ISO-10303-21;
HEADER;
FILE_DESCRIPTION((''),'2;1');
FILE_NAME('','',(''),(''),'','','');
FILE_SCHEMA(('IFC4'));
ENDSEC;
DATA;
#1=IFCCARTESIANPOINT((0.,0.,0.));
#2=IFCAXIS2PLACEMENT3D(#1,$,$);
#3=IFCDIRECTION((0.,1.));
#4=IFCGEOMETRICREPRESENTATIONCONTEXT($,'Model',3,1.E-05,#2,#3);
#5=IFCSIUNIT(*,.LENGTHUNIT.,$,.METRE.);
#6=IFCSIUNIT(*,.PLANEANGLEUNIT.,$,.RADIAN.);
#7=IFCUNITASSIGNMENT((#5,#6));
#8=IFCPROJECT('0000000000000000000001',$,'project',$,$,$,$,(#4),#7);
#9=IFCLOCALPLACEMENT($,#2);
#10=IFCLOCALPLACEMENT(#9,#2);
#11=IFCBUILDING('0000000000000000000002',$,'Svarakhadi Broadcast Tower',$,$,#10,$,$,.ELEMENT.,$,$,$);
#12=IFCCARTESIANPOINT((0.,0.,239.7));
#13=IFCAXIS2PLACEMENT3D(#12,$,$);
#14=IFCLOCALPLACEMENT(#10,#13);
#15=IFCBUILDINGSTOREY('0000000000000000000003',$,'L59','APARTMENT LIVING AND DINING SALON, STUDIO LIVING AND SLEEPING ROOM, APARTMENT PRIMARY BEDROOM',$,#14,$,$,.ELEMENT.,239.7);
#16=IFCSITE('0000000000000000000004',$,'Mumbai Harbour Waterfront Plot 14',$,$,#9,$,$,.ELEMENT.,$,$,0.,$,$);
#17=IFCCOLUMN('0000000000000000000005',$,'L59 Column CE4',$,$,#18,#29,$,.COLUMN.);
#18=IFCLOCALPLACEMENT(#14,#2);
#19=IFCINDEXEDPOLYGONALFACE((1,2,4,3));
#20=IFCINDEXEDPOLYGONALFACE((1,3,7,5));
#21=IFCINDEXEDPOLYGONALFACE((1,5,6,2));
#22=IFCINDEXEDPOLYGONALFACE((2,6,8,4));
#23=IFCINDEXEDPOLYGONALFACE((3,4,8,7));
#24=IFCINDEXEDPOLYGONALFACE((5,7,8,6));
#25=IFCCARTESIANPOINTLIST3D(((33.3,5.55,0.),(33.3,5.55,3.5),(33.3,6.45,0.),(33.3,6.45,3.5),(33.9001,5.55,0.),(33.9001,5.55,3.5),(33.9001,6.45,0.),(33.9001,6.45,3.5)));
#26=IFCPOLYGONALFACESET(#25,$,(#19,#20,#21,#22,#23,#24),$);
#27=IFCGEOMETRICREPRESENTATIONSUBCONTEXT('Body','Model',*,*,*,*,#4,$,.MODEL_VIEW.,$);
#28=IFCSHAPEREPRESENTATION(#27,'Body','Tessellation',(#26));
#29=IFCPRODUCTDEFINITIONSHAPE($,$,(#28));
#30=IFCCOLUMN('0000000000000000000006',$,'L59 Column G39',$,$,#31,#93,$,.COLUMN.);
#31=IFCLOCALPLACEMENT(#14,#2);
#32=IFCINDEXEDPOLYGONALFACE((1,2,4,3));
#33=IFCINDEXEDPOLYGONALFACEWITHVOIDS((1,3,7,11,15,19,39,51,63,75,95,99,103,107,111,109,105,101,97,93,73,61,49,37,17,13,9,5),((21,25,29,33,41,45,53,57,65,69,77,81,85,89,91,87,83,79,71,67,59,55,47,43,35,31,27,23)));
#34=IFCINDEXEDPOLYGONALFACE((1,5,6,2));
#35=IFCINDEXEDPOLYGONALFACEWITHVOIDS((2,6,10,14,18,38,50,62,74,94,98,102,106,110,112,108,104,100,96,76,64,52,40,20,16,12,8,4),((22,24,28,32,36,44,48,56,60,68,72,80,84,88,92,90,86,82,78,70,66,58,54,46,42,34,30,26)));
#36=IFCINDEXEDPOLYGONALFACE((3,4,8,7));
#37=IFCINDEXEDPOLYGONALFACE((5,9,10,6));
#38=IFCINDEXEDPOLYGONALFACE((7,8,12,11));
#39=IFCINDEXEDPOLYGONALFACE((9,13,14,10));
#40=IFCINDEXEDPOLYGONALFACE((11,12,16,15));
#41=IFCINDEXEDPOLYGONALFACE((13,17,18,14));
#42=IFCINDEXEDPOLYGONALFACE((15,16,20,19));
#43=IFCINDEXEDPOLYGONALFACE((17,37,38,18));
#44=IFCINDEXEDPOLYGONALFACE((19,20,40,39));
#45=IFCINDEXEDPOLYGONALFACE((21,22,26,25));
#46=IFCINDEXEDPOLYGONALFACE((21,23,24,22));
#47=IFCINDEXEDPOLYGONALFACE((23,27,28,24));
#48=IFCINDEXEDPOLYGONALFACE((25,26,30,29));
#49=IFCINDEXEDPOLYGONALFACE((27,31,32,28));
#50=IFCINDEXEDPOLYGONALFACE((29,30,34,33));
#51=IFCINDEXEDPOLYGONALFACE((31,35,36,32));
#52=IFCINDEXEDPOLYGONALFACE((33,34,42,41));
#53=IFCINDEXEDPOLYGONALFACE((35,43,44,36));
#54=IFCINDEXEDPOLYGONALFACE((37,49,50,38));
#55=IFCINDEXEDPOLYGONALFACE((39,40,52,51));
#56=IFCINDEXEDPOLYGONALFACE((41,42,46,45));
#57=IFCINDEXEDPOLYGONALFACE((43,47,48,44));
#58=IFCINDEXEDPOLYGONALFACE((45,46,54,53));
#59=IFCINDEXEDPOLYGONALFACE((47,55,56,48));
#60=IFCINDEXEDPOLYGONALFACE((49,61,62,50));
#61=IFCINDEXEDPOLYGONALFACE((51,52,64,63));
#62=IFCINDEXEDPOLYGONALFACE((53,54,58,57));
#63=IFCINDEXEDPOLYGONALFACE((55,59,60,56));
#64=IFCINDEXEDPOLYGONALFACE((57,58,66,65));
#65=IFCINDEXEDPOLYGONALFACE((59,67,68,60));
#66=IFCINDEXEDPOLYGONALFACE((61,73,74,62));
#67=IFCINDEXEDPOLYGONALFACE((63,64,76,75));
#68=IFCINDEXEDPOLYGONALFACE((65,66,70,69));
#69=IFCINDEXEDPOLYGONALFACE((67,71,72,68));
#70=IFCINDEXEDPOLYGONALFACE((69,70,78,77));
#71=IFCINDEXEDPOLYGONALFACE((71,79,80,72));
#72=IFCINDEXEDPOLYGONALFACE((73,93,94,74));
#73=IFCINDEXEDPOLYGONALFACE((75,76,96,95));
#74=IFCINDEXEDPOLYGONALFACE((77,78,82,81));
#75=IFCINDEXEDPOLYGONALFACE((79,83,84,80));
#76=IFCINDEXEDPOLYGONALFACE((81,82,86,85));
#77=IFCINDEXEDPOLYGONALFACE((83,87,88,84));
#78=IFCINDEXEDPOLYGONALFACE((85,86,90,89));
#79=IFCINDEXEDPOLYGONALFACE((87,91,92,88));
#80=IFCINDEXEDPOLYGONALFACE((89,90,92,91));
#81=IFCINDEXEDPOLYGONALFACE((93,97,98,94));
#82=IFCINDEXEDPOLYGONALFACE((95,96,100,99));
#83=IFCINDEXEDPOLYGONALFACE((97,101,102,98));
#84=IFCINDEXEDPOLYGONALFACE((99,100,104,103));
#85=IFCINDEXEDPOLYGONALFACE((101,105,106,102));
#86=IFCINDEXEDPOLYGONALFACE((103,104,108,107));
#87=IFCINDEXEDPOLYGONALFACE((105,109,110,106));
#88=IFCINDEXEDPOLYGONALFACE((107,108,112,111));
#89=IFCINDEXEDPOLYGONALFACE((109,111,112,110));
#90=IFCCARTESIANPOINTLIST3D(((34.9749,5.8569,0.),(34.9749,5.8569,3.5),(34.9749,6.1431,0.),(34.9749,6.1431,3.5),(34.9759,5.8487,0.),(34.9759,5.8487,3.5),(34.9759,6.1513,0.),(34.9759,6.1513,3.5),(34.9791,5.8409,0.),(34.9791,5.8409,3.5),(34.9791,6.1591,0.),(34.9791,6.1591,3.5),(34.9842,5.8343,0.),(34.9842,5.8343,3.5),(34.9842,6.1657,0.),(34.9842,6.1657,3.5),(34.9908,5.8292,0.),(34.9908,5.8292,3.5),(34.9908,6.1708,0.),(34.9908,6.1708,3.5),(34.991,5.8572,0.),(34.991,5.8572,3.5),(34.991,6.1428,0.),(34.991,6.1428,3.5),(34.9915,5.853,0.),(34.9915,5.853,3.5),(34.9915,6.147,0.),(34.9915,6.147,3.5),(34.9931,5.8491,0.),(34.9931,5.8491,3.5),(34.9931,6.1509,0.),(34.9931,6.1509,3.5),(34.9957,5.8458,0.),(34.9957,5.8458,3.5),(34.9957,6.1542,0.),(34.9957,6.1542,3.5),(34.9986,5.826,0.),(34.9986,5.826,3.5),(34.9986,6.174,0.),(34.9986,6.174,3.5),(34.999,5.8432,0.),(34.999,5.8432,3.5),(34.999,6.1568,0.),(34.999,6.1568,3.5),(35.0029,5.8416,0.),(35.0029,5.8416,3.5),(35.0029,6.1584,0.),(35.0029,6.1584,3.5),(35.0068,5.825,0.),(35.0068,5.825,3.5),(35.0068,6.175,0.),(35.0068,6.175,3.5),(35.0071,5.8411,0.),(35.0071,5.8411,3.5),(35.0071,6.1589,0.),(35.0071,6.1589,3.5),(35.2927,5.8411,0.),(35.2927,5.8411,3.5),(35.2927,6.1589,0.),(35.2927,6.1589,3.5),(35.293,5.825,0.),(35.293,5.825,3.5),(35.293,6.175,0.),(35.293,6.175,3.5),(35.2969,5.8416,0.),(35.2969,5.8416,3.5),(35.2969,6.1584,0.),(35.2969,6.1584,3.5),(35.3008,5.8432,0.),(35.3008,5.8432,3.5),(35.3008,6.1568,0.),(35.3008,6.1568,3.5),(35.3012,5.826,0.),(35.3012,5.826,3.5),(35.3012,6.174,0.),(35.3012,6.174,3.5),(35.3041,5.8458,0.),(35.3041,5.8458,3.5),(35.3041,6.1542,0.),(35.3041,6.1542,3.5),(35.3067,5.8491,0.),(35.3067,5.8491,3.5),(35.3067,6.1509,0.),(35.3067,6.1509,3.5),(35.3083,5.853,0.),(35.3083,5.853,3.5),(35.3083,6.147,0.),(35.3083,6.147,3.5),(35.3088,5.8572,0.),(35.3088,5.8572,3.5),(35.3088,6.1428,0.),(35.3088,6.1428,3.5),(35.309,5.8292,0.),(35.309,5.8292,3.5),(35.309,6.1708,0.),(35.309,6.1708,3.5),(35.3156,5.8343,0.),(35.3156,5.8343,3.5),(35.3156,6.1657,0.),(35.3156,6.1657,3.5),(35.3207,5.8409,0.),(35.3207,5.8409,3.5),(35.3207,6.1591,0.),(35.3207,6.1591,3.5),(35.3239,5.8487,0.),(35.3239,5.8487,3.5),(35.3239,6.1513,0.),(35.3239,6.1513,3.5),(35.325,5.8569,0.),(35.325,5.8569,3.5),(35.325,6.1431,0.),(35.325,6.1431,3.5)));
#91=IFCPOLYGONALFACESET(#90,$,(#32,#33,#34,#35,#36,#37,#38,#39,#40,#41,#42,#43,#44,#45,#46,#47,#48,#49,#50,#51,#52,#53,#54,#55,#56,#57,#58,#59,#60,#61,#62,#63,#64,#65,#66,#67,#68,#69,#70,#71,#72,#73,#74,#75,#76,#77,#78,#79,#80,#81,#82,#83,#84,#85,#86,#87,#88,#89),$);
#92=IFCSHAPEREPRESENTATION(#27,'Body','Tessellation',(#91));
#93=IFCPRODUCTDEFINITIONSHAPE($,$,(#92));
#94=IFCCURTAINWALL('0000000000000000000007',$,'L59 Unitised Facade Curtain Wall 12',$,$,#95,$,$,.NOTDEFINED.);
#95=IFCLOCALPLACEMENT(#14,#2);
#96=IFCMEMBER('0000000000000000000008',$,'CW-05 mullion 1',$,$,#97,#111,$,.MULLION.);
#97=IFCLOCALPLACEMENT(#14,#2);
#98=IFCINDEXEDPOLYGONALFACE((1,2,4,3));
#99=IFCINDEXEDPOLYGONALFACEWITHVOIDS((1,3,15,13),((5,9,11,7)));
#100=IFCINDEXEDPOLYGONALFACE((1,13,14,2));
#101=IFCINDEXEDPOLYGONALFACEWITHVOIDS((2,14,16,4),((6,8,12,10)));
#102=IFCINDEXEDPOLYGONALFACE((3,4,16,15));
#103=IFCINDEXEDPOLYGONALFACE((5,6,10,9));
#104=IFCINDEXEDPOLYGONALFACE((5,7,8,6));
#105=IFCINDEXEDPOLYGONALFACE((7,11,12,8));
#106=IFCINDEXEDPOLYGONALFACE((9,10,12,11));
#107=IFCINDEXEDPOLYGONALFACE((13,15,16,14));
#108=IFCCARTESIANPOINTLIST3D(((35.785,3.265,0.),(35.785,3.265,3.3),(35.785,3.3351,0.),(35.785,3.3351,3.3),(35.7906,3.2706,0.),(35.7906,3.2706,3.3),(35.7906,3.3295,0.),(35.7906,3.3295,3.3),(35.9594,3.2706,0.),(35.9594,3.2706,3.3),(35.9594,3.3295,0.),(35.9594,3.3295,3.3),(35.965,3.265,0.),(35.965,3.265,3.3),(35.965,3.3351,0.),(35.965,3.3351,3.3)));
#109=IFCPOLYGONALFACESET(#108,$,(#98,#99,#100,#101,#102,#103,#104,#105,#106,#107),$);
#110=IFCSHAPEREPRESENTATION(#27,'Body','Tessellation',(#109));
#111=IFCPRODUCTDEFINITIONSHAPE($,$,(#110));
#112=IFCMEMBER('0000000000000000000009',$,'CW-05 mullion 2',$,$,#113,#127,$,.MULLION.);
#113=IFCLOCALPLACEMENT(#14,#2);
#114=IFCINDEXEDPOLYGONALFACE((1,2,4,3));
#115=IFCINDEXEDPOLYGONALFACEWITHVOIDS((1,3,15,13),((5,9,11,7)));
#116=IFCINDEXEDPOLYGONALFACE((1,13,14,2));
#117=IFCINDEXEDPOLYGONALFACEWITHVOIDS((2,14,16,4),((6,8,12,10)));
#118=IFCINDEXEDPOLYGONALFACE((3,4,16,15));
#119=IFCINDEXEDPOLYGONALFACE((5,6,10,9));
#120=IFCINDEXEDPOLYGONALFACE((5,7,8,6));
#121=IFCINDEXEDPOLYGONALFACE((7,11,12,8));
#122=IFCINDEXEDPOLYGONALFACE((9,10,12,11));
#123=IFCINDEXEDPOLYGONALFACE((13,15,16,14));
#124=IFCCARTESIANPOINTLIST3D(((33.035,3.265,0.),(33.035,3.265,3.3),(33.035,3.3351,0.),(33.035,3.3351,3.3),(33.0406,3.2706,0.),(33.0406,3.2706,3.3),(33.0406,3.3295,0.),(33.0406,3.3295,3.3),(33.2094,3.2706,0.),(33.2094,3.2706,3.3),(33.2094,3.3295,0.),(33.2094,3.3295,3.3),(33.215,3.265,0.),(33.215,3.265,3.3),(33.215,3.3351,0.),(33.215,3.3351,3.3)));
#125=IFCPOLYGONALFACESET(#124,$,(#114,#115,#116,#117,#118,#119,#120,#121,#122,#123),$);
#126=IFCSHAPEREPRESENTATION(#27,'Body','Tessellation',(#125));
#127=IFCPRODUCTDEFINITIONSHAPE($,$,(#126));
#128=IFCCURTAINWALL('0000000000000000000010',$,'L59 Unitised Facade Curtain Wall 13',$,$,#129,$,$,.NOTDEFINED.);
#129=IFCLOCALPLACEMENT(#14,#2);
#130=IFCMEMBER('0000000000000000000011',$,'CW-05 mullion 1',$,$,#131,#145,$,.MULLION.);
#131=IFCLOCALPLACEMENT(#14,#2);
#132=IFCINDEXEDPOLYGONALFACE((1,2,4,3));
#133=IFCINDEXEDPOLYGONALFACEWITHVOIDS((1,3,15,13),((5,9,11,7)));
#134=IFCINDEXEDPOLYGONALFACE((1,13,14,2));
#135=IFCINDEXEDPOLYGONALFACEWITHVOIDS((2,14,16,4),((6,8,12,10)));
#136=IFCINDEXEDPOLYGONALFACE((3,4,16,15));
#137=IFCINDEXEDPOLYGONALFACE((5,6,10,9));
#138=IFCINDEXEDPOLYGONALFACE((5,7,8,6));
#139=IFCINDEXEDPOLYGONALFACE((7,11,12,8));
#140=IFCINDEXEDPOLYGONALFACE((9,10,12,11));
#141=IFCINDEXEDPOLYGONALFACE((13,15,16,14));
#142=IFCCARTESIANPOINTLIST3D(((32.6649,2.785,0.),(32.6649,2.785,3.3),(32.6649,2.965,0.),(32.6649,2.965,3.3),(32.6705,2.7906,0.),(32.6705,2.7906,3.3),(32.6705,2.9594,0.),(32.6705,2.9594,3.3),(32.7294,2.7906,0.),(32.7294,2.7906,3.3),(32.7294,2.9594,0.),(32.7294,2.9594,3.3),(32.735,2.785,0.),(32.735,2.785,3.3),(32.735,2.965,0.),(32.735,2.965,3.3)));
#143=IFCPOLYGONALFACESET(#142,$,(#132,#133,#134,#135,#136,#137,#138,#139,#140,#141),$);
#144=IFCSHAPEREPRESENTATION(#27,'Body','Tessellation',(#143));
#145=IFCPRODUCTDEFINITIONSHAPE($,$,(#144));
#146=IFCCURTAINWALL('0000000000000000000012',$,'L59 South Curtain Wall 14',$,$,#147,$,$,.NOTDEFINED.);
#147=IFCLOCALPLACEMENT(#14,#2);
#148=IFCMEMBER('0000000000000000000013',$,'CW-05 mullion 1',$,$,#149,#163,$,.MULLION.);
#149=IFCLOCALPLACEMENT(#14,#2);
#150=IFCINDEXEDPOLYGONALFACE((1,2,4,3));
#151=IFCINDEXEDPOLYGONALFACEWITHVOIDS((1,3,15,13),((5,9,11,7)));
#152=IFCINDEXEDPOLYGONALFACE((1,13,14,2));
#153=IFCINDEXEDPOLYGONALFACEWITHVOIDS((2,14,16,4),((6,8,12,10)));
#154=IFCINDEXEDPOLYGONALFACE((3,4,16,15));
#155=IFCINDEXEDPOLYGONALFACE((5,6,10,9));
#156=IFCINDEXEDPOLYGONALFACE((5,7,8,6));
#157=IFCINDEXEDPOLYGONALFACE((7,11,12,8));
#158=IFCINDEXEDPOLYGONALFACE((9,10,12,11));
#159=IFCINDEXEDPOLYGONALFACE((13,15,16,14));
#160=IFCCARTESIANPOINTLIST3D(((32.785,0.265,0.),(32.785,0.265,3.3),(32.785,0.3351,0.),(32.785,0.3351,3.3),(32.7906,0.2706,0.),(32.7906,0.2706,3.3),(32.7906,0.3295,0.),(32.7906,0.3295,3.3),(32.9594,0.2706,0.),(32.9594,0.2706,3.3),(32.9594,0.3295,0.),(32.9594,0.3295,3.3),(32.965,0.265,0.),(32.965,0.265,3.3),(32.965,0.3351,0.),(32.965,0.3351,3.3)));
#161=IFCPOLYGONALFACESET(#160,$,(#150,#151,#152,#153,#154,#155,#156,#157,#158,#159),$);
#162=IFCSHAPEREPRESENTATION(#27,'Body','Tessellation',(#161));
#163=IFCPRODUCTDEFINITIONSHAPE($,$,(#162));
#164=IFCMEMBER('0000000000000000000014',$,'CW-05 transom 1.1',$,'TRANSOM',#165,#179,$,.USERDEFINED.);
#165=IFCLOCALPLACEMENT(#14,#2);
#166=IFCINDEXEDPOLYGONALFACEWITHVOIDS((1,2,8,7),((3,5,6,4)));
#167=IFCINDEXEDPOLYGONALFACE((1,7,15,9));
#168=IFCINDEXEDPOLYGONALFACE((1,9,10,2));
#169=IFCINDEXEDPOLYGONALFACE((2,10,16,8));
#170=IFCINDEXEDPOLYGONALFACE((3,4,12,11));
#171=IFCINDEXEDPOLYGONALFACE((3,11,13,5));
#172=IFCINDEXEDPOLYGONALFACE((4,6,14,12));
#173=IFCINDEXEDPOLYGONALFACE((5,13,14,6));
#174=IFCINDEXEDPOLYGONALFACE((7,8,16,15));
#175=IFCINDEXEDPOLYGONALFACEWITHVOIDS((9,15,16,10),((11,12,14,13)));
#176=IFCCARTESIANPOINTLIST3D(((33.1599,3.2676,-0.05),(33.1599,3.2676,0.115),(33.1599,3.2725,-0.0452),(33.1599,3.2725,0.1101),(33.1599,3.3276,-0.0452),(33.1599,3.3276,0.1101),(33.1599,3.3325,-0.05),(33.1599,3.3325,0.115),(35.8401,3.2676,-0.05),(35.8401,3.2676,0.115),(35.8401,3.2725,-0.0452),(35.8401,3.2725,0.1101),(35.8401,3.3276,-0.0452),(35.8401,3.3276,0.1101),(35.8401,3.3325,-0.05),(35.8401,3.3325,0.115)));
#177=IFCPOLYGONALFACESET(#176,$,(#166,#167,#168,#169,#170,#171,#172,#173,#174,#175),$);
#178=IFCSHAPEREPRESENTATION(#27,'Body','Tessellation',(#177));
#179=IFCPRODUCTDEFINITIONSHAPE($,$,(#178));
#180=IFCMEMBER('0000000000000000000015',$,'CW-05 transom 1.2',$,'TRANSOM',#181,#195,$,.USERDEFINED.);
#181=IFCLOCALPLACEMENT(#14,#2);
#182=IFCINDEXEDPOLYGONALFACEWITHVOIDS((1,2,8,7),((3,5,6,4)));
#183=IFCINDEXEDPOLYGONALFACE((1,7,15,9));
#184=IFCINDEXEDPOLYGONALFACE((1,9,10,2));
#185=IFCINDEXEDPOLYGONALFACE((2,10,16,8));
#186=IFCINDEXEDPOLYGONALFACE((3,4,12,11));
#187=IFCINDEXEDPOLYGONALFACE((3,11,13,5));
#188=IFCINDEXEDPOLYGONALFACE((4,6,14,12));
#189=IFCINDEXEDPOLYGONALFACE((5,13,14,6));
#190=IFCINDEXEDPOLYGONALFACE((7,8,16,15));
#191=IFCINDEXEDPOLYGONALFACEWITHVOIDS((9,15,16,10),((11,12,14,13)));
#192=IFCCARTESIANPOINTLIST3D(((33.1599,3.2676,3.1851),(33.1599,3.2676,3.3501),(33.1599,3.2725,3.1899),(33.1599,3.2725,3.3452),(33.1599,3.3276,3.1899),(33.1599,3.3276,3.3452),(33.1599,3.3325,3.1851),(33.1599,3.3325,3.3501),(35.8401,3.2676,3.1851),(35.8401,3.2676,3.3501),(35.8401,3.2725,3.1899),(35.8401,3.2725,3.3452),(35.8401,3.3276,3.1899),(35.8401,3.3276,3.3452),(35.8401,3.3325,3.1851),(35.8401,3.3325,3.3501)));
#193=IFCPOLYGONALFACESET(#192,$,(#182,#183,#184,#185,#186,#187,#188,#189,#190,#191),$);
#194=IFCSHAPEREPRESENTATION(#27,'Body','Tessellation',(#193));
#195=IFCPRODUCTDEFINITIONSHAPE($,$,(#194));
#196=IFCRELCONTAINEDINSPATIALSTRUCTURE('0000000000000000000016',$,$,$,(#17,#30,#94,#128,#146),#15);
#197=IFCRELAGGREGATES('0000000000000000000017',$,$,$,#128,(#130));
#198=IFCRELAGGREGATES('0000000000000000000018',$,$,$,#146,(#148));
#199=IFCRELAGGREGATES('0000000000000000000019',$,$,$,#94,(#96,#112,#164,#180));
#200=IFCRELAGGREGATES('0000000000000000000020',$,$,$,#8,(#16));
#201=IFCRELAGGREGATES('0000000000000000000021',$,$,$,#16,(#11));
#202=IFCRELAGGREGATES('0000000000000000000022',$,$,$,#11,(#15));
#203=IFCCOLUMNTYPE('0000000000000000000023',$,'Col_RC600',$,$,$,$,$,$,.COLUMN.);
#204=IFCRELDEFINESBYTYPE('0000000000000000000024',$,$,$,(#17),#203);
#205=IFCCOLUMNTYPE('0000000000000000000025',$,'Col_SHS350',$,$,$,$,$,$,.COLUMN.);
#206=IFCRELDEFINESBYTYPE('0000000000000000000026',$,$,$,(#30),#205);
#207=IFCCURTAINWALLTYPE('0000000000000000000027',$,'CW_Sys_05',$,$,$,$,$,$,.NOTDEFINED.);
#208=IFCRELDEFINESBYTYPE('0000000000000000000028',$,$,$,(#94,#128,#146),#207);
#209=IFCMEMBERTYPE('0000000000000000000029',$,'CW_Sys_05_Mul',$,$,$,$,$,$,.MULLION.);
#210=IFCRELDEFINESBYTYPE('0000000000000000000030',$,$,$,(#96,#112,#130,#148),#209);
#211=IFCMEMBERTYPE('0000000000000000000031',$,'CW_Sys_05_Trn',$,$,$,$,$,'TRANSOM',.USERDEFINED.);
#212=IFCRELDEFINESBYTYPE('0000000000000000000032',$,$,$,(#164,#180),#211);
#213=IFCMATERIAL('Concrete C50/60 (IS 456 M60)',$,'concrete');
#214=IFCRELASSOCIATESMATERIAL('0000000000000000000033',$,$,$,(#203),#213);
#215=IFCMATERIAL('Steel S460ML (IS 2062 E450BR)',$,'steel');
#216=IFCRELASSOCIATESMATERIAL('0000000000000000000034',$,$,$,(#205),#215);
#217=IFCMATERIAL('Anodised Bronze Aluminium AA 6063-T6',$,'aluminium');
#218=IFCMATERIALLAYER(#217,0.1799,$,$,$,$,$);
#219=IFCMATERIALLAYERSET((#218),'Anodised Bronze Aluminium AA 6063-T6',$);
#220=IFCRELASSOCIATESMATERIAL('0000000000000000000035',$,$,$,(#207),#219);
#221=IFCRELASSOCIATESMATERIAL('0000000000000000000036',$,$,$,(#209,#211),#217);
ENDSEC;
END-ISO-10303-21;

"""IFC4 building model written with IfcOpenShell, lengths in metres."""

from ifc_helpers import new_model, si_unit, direction, frame, origin, origin_2d, place, context, subcontext, project, spatial, rectangle, hollow_rectangle, extrude, material, layer, layer_set, material_profile, profile_set, type_object, element, aggregate, save


model = new_model("IFC4")

# Units and contexts
model_context = context("Model", 3, precision=1e-05, world=origin(), true_north=direction((0.0, 1.0)))
body_context = subcontext(model_context, "Body", "Model", "MODEL_VIEW")
ifc_project = project(units=[si_unit("LENGTHUNIT", "METRE"), si_unit("PLANEANGLEUNIT", "RADIAN")], contexts=[model_context])

# Site, building, storey
site_placement = place(None, origin())
site = spatial("IfcSite", under=ifc_project, at=site_placement, Name="Mumbai Harbour Waterfront Plot 14", CompositionType="ELEMENT", RefElevation=0.0)
building_placement = place(site_placement, origin())
building = spatial("IfcBuilding", under=site, at=building_placement, Name="Svarakhadi Broadcast Tower", CompositionType="ELEMENT")
storey_placement = place(building_placement, frame((0.0, 0.0, 239.7)))
storey = spatial("IfcBuildingStorey", under=building, at=storey_placement, Name="L59", Description="APARTMENT LIVING AND DINING SALON, STUDIO LIVING AND SLEEPING ROOM, APARTMENT PRIMARY BEDROOM", CompositionType="ELEMENT", Elevation=239.7)

# Columns
ifc_material_1 = material(Name="Concrete C50/60 (IS 456 M60)", Category="concrete")
ifc_material_profile_1 = material_profile(ifc_material_1, rectangle(XDim=0.6001, YDim=0.8999, at=origin_2d()), Name="RC 600x900")
ifc_profile_set_1 = profile_set([ifc_material_profile_1], Name="Concrete C50/60 (IS 456 M60)")
column_type_1 = type_object("IfcColumnType", Name="Col_RC600", PredefinedType="COLUMN", material=ifc_profile_set_1)
column_1_placement = place(storey_placement, frame((33.6001, 6.0, 0.0), z_axis=(0.0, 0.0, 1.0), x_axis=(1.0, 0.0, 0.0)))
element("IfcColumn", 1, at=column_1_placement, inside=storey, type_object=column_type_1, Name="L59 Column CE4", PredefinedType="COLUMN", context=body_context, shape_type="SweptSolid", body=[
    extrude(rectangle(XDim=0.6001, YDim=0.8999, at=origin_2d()), origin(), (0.0, 0.0, 1.0), 3.5),
])
ifc_material_2 = material(Name="Steel S460ML (IS 2062 E450BR)", Category="steel")
ifc_material_profile_2 = material_profile(ifc_material_2, hollow_rectangle(XDim=0.3501, YDim=0.3501, WallThickness=0.0161, InnerFilletRadius=0.0161, OuterFilletRadius=0.032, at=origin_2d()), Name="SHS 350x350x16")
ifc_profile_set_2 = profile_set([ifc_material_profile_2], Name="Steel S460ML (IS 2062 E450BR)")
column_type_2 = type_object("IfcColumnType", Name="Col_SHS350", PredefinedType="COLUMN", material=ifc_profile_set_2)
column_2_placement = place(storey_placement, frame((35.1499, 6.0, 0.0), z_axis=(0.0, 0.0, 1.0), x_axis=(1.0, 0.0, 0.0)))
element("IfcColumn", 2, at=column_2_placement, inside=storey, type_object=column_type_2, Name="L59 Column G39", PredefinedType="COLUMN", context=body_context, shape_type="SweptSolid", body=[
    extrude(hollow_rectangle(XDim=0.3501, YDim=0.3501, WallThickness=0.0161, InnerFilletRadius=0.0161, OuterFilletRadius=0.032, at=origin_2d()), origin(), (0.0, 0.0, 1.0), 3.5),
])

# Curtain wall, members
ifc_material_3 = material(Name="Anodised Bronze Aluminium AA 6063-T6", Category="aluminium")
ifc_layer_1 = layer(ifc_material_3, 0.1799)
ifc_layer_set_1 = layer_set([ifc_layer_1], Name="Anodised Bronze Aluminium AA 6063-T6")
curtain_wall_type = type_object("IfcCurtainWallType", Name="CW_Sys_05", PredefinedType="NOTDEFINED", material=ifc_layer_set_1)
curtain_wall_1_placement = place(storey_placement, origin())
curtain_wall_1 = element("IfcCurtainWall", 3, at=curtain_wall_1_placement, inside=storey, type_object=curtain_wall_type, Name="L59 Unitised Facade Curtain Wall 12", PredefinedType="NOTDEFINED")
ifc_material_profile_3 = material_profile(ifc_material_3, hollow_rectangle(XDim=0.0701, YDim=0.1799, WallThickness=0.0056, at=origin_2d()), Name="ALU MULLION 180x70x6")
ifc_profile_set_3 = profile_set([ifc_material_profile_3], Name="Anodised Bronze Aluminium AA 6063-T6")
member_type_1 = type_object("IfcMemberType", Name="CW_Sys_05_Mul", PredefinedType="MULLION", material=ifc_profile_set_3)
member_1_placement = place(storey_placement, frame((35.875, 3.3, 0.0), z_axis=(0.0, 0.0, 1.0), x_axis=(0.0, -1.0, 0.0)))
member_1 = element("IfcMember", 4, at=member_1_placement, type_object=member_type_1, Name="CW-05 mullion 1", PredefinedType="MULLION", context=body_context, shape_type="SweptSolid", body=[
    extrude(hollow_rectangle(XDim=0.0701, YDim=0.1799, WallThickness=0.0056, at=origin_2d()), origin(), (0.0, 0.0, 1.0), 3.3),
])
member_2_placement = place(storey_placement, frame((33.125, 3.3, 0.0), z_axis=(0.0, 0.0, 1.0), x_axis=(0.0, -1.0, 0.0)))
member_2 = element("IfcMember", 5, at=member_2_placement, type_object=member_type_1, Name="CW-05 mullion 2", PredefinedType="MULLION", context=body_context, shape_type="SweptSolid", body=[
    extrude(hollow_rectangle(XDim=0.0701, YDim=0.1799, WallThickness=0.0056, at=origin_2d()), origin(), (0.0, 0.0, 1.0), 3.3),
])

# Curtain walls, members
curtain_wall_2_placement = place(storey_placement, origin())
curtain_wall_2 = element("IfcCurtainWall", 6, at=curtain_wall_2_placement, inside=storey, type_object=curtain_wall_type, Name="L59 Unitised Facade Curtain Wall 13", PredefinedType="NOTDEFINED")
member_3_placement = place(storey_placement, frame((32.7, 2.875, 0.0), z_axis=(0.0, 0.0, 1.0), x_axis=(1.0, 0.0, 0.0)))
member_3 = element("IfcMember", 7, at=member_3_placement, type_object=member_type_1, Name="CW-05 mullion 1", PredefinedType="MULLION", context=body_context, shape_type="SweptSolid", body=[
    extrude(hollow_rectangle(XDim=0.0701, YDim=0.1799, WallThickness=0.0056, at=origin_2d()), origin(), (0.0, 0.0, 1.0), 3.3),
])
curtain_wall_3_placement = place(storey_placement, origin())
curtain_wall_3 = element("IfcCurtainWall", 8, at=curtain_wall_3_placement, inside=storey, type_object=curtain_wall_type, Name="L59 South Curtain Wall 14", PredefinedType="NOTDEFINED")
member_4_placement = place(storey_placement, frame((32.875, 0.3, 0.0), z_axis=(0.0, 0.0, 1.0), x_axis=(0.0, -1.0, 0.0)))
member_4 = element("IfcMember", 9, at=member_4_placement, type_object=member_type_1, Name="CW-05 mullion 1", PredefinedType="MULLION", context=body_context, shape_type="SweptSolid", body=[
    extrude(hollow_rectangle(XDim=0.0701, YDim=0.1799, WallThickness=0.0056, at=origin_2d()), origin(), (0.0, 0.0, 1.0), 3.3),
])

# Members
ifc_material_profile_4 = material_profile(ifc_material_3, hollow_rectangle(XDim=0.0649, YDim=0.165, WallThickness=0.0049, at=origin_2d()), Name="ALU TRANSOM 165x65x5")
ifc_profile_set_4 = profile_set([ifc_material_profile_4], Name="Anodised Bronze Aluminium AA 6063-T6")
member_type_2 = type_object("IfcMemberType", Name="CW_Sys_05_Trn", ElementType="TRANSOM", PredefinedType="USERDEFINED", material=ifc_profile_set_4)
member_5_placement = place(storey_placement, frame((35.8401, 3.3, 0.0325), z_axis=(-1.0, 0.0, 0.0), x_axis=(0.0, -1.0, 0.0)))
member_5 = element("IfcMember", 10, at=member_5_placement, type_object=member_type_2, Name="CW-05 transom 1.1", ObjectType="TRANSOM", PredefinedType="USERDEFINED", context=body_context, shape_type="SweptSolid", body=[
    extrude(hollow_rectangle(XDim=0.0649, YDim=0.165, WallThickness=0.0049, at=origin_2d()), origin(), (0.0, 0.0, 1.0), 2.6802),
])
member_6_placement = place(storey_placement, frame((35.8401, 3.3, 3.2676), z_axis=(-1.0, 0.0, 0.0), x_axis=(0.0, -1.0, 0.0)))
member_6 = element("IfcMember", 11, at=member_6_placement, type_object=member_type_2, Name="CW-05 transom 1.2", ObjectType="TRANSOM", PredefinedType="USERDEFINED", context=body_context, shape_type="SweptSolid", body=[
    extrude(hollow_rectangle(XDim=0.0649, YDim=0.165, WallThickness=0.0049, at=origin_2d()), origin(), (0.0, 0.0, 1.0), 2.6802),
])
aggregate(curtain_wall_2, [member_3])
aggregate(curtain_wall_3, [member_4])

aggregate(curtain_wall_1, [member_1, member_2, member_5, member_6])

save(model, "model.ifc")
